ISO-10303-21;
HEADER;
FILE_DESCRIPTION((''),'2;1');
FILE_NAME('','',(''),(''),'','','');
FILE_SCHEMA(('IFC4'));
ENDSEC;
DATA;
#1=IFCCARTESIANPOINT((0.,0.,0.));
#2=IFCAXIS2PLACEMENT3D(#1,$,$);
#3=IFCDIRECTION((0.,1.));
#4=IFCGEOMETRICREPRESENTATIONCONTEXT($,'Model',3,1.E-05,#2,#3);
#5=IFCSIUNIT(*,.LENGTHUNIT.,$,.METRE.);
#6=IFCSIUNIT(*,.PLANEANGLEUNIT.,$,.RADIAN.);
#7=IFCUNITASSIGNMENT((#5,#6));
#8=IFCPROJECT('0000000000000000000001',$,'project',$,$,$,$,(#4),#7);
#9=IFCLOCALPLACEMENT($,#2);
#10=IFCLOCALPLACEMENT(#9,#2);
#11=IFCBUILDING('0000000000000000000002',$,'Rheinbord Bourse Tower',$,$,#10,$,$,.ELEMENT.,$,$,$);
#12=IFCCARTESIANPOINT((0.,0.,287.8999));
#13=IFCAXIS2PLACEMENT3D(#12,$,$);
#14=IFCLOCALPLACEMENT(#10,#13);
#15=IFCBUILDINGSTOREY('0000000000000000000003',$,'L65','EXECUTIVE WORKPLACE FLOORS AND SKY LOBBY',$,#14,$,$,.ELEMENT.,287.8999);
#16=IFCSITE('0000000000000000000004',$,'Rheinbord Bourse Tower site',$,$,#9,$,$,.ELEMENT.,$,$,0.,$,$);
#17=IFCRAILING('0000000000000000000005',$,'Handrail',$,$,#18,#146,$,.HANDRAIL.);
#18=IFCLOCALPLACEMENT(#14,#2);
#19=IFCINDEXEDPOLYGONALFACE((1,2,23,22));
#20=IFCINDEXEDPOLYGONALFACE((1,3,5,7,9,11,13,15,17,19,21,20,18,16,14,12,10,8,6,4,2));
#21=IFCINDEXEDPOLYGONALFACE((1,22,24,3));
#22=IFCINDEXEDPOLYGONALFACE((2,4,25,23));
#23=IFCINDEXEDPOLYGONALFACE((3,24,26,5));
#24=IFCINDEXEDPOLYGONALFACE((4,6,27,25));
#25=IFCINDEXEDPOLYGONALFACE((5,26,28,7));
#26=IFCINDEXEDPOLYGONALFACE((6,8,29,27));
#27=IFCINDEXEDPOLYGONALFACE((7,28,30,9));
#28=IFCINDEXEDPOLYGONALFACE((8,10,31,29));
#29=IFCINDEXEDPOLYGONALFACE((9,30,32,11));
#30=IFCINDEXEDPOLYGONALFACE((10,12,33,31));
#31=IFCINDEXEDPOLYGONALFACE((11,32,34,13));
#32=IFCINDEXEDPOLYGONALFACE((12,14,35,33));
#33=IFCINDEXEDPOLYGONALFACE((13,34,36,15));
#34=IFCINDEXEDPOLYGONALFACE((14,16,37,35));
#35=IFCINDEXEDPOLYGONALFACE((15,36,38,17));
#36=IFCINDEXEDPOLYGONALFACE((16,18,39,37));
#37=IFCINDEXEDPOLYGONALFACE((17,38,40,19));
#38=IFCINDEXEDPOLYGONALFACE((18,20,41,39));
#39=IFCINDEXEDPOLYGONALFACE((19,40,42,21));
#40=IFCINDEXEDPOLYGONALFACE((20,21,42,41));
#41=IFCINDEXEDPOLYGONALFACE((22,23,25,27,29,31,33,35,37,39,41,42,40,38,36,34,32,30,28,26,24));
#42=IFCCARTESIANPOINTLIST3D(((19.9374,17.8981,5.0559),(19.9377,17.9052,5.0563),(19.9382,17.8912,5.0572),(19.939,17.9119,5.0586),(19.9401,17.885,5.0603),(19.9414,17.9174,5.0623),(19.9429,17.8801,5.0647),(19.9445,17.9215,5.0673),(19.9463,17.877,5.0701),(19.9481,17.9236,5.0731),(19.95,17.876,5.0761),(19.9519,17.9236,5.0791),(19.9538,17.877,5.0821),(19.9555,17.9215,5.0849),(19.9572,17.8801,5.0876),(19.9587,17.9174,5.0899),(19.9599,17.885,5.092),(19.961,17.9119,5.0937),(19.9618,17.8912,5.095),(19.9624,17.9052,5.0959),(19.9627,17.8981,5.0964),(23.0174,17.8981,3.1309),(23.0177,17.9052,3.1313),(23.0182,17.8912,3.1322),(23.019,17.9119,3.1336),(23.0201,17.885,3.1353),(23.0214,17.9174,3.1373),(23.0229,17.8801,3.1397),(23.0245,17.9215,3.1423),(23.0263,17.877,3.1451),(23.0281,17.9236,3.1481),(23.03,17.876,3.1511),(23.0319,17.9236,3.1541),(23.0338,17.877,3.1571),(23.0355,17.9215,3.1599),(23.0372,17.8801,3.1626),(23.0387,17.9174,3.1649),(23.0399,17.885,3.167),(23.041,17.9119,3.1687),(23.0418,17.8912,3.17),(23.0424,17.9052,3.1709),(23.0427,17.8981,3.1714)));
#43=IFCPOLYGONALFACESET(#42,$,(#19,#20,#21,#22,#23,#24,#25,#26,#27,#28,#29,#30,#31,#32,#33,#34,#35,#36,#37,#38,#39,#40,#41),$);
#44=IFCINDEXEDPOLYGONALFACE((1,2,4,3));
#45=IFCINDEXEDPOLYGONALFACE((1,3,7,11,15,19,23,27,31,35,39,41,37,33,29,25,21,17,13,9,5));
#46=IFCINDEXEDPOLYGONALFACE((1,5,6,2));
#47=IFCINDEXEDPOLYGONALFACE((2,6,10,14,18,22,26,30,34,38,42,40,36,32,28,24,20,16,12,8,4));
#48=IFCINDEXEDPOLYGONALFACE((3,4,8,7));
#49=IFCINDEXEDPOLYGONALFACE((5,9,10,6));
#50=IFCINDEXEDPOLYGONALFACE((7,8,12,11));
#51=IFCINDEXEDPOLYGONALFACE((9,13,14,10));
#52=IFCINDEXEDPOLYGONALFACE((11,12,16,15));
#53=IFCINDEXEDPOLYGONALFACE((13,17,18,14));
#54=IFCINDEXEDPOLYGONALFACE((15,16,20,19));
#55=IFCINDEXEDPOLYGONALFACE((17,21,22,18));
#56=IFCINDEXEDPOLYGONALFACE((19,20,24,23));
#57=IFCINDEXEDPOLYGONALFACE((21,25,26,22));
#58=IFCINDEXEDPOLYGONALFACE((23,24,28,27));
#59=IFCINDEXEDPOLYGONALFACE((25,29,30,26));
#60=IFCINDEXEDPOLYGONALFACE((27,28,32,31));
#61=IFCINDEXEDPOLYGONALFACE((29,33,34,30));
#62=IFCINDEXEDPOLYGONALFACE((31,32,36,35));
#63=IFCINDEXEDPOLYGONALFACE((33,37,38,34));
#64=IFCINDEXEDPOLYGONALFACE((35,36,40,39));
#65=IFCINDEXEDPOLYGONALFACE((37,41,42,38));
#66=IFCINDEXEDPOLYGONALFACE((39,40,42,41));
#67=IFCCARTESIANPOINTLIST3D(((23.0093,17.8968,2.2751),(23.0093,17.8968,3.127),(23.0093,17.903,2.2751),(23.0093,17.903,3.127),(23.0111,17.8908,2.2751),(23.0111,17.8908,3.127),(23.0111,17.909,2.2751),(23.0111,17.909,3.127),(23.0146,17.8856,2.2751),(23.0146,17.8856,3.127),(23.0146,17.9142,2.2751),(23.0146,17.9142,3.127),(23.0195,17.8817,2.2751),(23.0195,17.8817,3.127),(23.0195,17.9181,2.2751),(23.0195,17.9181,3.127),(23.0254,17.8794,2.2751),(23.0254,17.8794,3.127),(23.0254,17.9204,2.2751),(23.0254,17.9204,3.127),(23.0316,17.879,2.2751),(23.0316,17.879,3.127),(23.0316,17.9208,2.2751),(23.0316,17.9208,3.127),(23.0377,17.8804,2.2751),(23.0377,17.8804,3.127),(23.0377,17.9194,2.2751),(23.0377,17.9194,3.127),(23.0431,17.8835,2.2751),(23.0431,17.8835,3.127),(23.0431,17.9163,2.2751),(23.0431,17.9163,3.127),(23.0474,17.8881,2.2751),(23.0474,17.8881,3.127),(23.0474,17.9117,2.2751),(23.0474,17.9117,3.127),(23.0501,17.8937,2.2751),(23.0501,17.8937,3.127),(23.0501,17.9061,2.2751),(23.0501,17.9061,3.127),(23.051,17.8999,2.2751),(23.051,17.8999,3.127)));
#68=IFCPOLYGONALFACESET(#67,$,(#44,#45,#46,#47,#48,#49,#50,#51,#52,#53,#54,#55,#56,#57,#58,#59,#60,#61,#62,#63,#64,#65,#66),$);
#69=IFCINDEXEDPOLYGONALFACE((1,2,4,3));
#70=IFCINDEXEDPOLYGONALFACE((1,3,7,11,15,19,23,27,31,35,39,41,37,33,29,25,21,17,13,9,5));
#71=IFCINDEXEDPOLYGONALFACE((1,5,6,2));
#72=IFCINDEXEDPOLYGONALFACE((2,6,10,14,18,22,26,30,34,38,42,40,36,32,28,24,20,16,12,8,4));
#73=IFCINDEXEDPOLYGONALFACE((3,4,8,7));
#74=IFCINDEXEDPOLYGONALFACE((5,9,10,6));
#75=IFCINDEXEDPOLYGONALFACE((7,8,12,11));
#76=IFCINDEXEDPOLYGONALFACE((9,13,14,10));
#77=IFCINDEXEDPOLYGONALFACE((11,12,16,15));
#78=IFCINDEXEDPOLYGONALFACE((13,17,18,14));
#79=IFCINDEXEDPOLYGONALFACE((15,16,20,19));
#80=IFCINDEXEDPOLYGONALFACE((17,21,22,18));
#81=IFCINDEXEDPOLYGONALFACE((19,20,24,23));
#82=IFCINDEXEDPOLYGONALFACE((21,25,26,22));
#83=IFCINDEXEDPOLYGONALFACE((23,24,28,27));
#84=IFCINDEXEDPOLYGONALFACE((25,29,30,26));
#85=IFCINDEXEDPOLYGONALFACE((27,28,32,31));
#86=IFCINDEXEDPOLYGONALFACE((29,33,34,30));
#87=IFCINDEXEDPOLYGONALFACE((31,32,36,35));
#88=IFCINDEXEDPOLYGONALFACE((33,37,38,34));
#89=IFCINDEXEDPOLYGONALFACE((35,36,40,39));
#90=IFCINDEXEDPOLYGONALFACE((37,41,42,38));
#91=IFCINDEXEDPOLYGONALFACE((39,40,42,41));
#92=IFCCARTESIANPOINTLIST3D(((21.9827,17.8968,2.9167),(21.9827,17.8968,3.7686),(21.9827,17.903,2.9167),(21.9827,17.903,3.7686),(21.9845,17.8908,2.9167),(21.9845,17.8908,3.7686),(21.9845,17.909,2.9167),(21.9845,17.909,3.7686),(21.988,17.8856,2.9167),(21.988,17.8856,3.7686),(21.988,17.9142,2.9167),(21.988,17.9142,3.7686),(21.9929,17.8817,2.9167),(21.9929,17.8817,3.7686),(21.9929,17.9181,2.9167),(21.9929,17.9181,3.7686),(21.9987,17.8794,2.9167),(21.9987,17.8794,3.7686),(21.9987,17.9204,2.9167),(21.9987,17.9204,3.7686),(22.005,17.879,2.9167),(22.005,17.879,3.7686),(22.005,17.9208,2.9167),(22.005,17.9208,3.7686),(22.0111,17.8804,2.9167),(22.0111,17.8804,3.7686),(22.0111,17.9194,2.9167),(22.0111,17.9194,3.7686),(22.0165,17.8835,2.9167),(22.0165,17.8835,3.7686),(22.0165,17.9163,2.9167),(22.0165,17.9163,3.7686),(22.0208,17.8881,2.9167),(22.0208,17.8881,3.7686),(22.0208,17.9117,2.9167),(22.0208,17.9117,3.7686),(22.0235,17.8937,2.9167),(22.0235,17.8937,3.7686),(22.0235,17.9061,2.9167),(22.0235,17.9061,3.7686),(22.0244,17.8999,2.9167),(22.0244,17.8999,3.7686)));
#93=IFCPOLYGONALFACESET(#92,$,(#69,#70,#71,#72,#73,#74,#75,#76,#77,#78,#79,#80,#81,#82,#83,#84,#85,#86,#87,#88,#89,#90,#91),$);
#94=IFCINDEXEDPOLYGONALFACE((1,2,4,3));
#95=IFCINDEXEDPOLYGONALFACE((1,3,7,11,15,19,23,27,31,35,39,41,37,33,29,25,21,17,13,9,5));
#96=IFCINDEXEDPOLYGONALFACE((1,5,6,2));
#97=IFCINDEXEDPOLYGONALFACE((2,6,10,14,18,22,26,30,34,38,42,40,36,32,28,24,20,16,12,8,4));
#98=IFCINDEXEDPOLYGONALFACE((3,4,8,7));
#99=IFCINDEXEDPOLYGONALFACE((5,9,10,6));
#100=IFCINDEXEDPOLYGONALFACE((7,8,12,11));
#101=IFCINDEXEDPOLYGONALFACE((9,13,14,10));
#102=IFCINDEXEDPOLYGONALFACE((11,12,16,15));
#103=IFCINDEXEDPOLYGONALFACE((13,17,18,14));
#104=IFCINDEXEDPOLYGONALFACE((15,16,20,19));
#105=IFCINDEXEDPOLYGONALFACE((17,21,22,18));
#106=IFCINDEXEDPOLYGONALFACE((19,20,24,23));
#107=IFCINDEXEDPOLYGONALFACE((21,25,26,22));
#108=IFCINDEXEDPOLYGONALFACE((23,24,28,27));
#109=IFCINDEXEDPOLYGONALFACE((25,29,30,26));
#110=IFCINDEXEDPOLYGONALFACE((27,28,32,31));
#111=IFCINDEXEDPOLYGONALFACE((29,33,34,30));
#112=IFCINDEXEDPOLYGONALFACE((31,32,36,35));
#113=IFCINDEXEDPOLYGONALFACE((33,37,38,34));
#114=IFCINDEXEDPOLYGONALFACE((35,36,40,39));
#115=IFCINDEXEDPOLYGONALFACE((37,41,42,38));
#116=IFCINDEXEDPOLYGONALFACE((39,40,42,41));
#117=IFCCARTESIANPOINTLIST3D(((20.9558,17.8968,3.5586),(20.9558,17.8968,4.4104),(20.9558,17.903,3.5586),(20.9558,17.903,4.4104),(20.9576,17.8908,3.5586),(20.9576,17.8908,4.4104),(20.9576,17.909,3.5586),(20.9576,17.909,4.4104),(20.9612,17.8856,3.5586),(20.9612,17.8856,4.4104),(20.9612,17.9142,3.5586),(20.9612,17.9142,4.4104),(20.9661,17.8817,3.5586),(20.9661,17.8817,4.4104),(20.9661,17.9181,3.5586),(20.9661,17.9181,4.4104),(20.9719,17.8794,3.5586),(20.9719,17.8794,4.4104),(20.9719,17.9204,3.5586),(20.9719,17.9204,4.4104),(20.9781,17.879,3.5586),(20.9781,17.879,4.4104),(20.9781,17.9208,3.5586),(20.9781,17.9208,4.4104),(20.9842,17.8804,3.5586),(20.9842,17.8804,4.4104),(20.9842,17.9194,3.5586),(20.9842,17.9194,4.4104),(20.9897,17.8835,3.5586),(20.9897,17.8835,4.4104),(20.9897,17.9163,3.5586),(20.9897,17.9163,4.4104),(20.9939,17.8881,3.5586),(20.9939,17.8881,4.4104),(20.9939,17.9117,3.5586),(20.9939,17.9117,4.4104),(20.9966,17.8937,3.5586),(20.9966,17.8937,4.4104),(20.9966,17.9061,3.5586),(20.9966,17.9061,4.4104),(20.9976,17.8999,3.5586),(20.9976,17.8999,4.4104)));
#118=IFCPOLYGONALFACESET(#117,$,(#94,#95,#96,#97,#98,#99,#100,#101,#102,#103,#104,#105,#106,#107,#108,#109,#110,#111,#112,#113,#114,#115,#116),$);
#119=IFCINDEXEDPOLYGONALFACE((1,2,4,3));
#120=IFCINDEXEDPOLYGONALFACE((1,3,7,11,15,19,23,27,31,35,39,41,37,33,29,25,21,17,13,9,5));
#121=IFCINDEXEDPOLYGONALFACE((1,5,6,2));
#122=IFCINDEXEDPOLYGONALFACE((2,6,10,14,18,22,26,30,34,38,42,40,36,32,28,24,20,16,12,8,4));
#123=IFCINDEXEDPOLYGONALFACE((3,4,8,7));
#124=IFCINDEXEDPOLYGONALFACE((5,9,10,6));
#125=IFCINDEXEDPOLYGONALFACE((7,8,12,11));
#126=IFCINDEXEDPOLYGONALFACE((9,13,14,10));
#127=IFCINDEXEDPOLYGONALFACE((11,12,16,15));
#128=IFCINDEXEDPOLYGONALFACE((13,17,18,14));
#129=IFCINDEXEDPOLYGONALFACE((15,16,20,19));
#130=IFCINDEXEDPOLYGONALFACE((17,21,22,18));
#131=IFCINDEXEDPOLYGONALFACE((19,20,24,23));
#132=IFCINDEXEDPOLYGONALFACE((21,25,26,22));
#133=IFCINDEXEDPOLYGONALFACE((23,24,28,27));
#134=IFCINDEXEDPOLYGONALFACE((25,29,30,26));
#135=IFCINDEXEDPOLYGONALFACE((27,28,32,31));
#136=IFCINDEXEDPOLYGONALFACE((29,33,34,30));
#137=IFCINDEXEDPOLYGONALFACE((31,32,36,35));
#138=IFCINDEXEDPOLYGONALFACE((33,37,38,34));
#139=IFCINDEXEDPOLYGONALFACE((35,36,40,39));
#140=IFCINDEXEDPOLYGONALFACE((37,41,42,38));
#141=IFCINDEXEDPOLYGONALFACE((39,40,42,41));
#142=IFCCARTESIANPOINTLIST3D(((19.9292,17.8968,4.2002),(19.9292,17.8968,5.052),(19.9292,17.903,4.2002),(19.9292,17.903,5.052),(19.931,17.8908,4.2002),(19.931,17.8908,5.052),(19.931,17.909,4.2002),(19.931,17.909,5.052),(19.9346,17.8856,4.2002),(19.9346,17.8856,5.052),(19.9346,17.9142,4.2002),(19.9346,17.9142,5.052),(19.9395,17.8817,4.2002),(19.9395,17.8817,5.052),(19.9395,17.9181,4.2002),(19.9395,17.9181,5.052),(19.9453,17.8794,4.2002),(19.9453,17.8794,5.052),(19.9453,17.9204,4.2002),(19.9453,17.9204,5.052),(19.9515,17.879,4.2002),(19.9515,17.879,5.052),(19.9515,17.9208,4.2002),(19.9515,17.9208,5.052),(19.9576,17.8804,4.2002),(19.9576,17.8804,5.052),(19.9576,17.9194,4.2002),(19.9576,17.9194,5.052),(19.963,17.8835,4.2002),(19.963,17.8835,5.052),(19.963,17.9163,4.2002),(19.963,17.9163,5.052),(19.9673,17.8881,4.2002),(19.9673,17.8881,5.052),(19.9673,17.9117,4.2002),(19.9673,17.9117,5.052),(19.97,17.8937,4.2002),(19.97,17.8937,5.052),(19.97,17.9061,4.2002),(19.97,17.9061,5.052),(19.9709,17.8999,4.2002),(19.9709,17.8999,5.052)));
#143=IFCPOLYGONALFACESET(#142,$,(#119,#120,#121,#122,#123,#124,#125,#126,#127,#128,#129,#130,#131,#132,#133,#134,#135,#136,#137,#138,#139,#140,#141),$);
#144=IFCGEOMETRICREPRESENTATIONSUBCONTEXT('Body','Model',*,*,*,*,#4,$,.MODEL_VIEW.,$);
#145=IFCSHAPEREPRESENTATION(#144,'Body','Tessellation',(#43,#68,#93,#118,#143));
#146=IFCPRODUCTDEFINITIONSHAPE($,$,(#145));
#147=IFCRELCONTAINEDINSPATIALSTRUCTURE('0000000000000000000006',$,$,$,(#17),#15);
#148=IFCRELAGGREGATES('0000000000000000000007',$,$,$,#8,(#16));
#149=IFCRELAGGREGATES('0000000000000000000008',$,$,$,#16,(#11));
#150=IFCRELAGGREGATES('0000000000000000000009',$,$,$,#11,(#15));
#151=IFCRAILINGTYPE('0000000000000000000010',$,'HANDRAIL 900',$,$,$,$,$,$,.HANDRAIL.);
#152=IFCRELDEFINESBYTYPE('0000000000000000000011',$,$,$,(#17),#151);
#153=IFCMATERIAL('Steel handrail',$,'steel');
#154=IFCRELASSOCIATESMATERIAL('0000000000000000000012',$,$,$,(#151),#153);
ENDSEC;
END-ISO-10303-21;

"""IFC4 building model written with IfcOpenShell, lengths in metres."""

from ifc_helpers import new_model, si_unit, direction, frame, origin, origin_2d, place, context, subcontext, project, spatial, circle, extrude, material, type_object, element, save


model = new_model("IFC4")

# Units and contexts
model_context = context("Model", 3, precision=1e-05, world=origin(), true_north=direction((0.0, 1.0)))
body_context = subcontext(model_context, "Body", "Model", "MODEL_VIEW")
ifc_project = project(units=[si_unit("LENGTHUNIT", "METRE"), si_unit("PLANEANGLEUNIT", "RADIAN")], contexts=[model_context])

# Site, building, storey
site_placement = place(None, origin())
site = spatial("IfcSite", under=ifc_project, at=site_placement, Name="Rheinbord Bourse Tower site", CompositionType="ELEMENT", RefElevation=0.0)
building_placement = place(site_placement, origin())
building = spatial("IfcBuilding", under=site, at=building_placement, Name="Rheinbord Bourse Tower", CompositionType="ELEMENT")
storey_placement = place(building_placement, frame((0.0, 0.0, 287.8999)))
storey = spatial("IfcBuildingStorey", under=building, at=storey_placement, Name="L65", Description="EXECUTIVE WORKPLACE FLOORS AND SKY LOBBY", CompositionType="ELEMENT", Elevation=287.8999)

# Railing
ifc_material_1 = material(Name="Steel handrail", Category="steel")
railing_type = type_object("IfcRailingType", Name="HANDRAIL 900", PredefinedType="HANDRAIL", material=ifc_material_1)
railing_1_placement = place(storey_placement, frame((23.03, 17.8999, 2.2751)))
element("IfcRailing", 1, at=railing_1_placement, inside=storey, type_object=railing_type, Name="Handrail", PredefinedType="HANDRAIL", context=body_context, shape_type="SweptSolid", body=[
    extrude(circle(Radius=0.0239, at=origin_2d()), frame((0.0, 0.0, 0.876), z_axis=(-0.847998, 0.0, 0.529999), x_axis=(0.0, -1.0, 0.0)), (0.0, 0.0, 1.0), 3.6321),
    extrude(circle(Radius=0.021, at=origin_2d()), origin(), (0.0, 0.0, 1.0), 0.8518),
    extrude(circle(Radius=0.021, at=origin_2d()), frame((-1.0266, 0.0, 0.6416)), (0.0, 0.0, 1.0), 0.8518),
    extrude(circle(Radius=0.021, at=origin_2d()), frame((-2.0535, 0.0, 1.2834)), (0.0, 0.0, 1.0), 0.8518),
    extrude(circle(Radius=0.021, at=origin_2d()), frame((-3.0801, 0.0, 1.925)), (0.0, 0.0, 1.0), 0.8518),
])

save(model, "model.ifc")
